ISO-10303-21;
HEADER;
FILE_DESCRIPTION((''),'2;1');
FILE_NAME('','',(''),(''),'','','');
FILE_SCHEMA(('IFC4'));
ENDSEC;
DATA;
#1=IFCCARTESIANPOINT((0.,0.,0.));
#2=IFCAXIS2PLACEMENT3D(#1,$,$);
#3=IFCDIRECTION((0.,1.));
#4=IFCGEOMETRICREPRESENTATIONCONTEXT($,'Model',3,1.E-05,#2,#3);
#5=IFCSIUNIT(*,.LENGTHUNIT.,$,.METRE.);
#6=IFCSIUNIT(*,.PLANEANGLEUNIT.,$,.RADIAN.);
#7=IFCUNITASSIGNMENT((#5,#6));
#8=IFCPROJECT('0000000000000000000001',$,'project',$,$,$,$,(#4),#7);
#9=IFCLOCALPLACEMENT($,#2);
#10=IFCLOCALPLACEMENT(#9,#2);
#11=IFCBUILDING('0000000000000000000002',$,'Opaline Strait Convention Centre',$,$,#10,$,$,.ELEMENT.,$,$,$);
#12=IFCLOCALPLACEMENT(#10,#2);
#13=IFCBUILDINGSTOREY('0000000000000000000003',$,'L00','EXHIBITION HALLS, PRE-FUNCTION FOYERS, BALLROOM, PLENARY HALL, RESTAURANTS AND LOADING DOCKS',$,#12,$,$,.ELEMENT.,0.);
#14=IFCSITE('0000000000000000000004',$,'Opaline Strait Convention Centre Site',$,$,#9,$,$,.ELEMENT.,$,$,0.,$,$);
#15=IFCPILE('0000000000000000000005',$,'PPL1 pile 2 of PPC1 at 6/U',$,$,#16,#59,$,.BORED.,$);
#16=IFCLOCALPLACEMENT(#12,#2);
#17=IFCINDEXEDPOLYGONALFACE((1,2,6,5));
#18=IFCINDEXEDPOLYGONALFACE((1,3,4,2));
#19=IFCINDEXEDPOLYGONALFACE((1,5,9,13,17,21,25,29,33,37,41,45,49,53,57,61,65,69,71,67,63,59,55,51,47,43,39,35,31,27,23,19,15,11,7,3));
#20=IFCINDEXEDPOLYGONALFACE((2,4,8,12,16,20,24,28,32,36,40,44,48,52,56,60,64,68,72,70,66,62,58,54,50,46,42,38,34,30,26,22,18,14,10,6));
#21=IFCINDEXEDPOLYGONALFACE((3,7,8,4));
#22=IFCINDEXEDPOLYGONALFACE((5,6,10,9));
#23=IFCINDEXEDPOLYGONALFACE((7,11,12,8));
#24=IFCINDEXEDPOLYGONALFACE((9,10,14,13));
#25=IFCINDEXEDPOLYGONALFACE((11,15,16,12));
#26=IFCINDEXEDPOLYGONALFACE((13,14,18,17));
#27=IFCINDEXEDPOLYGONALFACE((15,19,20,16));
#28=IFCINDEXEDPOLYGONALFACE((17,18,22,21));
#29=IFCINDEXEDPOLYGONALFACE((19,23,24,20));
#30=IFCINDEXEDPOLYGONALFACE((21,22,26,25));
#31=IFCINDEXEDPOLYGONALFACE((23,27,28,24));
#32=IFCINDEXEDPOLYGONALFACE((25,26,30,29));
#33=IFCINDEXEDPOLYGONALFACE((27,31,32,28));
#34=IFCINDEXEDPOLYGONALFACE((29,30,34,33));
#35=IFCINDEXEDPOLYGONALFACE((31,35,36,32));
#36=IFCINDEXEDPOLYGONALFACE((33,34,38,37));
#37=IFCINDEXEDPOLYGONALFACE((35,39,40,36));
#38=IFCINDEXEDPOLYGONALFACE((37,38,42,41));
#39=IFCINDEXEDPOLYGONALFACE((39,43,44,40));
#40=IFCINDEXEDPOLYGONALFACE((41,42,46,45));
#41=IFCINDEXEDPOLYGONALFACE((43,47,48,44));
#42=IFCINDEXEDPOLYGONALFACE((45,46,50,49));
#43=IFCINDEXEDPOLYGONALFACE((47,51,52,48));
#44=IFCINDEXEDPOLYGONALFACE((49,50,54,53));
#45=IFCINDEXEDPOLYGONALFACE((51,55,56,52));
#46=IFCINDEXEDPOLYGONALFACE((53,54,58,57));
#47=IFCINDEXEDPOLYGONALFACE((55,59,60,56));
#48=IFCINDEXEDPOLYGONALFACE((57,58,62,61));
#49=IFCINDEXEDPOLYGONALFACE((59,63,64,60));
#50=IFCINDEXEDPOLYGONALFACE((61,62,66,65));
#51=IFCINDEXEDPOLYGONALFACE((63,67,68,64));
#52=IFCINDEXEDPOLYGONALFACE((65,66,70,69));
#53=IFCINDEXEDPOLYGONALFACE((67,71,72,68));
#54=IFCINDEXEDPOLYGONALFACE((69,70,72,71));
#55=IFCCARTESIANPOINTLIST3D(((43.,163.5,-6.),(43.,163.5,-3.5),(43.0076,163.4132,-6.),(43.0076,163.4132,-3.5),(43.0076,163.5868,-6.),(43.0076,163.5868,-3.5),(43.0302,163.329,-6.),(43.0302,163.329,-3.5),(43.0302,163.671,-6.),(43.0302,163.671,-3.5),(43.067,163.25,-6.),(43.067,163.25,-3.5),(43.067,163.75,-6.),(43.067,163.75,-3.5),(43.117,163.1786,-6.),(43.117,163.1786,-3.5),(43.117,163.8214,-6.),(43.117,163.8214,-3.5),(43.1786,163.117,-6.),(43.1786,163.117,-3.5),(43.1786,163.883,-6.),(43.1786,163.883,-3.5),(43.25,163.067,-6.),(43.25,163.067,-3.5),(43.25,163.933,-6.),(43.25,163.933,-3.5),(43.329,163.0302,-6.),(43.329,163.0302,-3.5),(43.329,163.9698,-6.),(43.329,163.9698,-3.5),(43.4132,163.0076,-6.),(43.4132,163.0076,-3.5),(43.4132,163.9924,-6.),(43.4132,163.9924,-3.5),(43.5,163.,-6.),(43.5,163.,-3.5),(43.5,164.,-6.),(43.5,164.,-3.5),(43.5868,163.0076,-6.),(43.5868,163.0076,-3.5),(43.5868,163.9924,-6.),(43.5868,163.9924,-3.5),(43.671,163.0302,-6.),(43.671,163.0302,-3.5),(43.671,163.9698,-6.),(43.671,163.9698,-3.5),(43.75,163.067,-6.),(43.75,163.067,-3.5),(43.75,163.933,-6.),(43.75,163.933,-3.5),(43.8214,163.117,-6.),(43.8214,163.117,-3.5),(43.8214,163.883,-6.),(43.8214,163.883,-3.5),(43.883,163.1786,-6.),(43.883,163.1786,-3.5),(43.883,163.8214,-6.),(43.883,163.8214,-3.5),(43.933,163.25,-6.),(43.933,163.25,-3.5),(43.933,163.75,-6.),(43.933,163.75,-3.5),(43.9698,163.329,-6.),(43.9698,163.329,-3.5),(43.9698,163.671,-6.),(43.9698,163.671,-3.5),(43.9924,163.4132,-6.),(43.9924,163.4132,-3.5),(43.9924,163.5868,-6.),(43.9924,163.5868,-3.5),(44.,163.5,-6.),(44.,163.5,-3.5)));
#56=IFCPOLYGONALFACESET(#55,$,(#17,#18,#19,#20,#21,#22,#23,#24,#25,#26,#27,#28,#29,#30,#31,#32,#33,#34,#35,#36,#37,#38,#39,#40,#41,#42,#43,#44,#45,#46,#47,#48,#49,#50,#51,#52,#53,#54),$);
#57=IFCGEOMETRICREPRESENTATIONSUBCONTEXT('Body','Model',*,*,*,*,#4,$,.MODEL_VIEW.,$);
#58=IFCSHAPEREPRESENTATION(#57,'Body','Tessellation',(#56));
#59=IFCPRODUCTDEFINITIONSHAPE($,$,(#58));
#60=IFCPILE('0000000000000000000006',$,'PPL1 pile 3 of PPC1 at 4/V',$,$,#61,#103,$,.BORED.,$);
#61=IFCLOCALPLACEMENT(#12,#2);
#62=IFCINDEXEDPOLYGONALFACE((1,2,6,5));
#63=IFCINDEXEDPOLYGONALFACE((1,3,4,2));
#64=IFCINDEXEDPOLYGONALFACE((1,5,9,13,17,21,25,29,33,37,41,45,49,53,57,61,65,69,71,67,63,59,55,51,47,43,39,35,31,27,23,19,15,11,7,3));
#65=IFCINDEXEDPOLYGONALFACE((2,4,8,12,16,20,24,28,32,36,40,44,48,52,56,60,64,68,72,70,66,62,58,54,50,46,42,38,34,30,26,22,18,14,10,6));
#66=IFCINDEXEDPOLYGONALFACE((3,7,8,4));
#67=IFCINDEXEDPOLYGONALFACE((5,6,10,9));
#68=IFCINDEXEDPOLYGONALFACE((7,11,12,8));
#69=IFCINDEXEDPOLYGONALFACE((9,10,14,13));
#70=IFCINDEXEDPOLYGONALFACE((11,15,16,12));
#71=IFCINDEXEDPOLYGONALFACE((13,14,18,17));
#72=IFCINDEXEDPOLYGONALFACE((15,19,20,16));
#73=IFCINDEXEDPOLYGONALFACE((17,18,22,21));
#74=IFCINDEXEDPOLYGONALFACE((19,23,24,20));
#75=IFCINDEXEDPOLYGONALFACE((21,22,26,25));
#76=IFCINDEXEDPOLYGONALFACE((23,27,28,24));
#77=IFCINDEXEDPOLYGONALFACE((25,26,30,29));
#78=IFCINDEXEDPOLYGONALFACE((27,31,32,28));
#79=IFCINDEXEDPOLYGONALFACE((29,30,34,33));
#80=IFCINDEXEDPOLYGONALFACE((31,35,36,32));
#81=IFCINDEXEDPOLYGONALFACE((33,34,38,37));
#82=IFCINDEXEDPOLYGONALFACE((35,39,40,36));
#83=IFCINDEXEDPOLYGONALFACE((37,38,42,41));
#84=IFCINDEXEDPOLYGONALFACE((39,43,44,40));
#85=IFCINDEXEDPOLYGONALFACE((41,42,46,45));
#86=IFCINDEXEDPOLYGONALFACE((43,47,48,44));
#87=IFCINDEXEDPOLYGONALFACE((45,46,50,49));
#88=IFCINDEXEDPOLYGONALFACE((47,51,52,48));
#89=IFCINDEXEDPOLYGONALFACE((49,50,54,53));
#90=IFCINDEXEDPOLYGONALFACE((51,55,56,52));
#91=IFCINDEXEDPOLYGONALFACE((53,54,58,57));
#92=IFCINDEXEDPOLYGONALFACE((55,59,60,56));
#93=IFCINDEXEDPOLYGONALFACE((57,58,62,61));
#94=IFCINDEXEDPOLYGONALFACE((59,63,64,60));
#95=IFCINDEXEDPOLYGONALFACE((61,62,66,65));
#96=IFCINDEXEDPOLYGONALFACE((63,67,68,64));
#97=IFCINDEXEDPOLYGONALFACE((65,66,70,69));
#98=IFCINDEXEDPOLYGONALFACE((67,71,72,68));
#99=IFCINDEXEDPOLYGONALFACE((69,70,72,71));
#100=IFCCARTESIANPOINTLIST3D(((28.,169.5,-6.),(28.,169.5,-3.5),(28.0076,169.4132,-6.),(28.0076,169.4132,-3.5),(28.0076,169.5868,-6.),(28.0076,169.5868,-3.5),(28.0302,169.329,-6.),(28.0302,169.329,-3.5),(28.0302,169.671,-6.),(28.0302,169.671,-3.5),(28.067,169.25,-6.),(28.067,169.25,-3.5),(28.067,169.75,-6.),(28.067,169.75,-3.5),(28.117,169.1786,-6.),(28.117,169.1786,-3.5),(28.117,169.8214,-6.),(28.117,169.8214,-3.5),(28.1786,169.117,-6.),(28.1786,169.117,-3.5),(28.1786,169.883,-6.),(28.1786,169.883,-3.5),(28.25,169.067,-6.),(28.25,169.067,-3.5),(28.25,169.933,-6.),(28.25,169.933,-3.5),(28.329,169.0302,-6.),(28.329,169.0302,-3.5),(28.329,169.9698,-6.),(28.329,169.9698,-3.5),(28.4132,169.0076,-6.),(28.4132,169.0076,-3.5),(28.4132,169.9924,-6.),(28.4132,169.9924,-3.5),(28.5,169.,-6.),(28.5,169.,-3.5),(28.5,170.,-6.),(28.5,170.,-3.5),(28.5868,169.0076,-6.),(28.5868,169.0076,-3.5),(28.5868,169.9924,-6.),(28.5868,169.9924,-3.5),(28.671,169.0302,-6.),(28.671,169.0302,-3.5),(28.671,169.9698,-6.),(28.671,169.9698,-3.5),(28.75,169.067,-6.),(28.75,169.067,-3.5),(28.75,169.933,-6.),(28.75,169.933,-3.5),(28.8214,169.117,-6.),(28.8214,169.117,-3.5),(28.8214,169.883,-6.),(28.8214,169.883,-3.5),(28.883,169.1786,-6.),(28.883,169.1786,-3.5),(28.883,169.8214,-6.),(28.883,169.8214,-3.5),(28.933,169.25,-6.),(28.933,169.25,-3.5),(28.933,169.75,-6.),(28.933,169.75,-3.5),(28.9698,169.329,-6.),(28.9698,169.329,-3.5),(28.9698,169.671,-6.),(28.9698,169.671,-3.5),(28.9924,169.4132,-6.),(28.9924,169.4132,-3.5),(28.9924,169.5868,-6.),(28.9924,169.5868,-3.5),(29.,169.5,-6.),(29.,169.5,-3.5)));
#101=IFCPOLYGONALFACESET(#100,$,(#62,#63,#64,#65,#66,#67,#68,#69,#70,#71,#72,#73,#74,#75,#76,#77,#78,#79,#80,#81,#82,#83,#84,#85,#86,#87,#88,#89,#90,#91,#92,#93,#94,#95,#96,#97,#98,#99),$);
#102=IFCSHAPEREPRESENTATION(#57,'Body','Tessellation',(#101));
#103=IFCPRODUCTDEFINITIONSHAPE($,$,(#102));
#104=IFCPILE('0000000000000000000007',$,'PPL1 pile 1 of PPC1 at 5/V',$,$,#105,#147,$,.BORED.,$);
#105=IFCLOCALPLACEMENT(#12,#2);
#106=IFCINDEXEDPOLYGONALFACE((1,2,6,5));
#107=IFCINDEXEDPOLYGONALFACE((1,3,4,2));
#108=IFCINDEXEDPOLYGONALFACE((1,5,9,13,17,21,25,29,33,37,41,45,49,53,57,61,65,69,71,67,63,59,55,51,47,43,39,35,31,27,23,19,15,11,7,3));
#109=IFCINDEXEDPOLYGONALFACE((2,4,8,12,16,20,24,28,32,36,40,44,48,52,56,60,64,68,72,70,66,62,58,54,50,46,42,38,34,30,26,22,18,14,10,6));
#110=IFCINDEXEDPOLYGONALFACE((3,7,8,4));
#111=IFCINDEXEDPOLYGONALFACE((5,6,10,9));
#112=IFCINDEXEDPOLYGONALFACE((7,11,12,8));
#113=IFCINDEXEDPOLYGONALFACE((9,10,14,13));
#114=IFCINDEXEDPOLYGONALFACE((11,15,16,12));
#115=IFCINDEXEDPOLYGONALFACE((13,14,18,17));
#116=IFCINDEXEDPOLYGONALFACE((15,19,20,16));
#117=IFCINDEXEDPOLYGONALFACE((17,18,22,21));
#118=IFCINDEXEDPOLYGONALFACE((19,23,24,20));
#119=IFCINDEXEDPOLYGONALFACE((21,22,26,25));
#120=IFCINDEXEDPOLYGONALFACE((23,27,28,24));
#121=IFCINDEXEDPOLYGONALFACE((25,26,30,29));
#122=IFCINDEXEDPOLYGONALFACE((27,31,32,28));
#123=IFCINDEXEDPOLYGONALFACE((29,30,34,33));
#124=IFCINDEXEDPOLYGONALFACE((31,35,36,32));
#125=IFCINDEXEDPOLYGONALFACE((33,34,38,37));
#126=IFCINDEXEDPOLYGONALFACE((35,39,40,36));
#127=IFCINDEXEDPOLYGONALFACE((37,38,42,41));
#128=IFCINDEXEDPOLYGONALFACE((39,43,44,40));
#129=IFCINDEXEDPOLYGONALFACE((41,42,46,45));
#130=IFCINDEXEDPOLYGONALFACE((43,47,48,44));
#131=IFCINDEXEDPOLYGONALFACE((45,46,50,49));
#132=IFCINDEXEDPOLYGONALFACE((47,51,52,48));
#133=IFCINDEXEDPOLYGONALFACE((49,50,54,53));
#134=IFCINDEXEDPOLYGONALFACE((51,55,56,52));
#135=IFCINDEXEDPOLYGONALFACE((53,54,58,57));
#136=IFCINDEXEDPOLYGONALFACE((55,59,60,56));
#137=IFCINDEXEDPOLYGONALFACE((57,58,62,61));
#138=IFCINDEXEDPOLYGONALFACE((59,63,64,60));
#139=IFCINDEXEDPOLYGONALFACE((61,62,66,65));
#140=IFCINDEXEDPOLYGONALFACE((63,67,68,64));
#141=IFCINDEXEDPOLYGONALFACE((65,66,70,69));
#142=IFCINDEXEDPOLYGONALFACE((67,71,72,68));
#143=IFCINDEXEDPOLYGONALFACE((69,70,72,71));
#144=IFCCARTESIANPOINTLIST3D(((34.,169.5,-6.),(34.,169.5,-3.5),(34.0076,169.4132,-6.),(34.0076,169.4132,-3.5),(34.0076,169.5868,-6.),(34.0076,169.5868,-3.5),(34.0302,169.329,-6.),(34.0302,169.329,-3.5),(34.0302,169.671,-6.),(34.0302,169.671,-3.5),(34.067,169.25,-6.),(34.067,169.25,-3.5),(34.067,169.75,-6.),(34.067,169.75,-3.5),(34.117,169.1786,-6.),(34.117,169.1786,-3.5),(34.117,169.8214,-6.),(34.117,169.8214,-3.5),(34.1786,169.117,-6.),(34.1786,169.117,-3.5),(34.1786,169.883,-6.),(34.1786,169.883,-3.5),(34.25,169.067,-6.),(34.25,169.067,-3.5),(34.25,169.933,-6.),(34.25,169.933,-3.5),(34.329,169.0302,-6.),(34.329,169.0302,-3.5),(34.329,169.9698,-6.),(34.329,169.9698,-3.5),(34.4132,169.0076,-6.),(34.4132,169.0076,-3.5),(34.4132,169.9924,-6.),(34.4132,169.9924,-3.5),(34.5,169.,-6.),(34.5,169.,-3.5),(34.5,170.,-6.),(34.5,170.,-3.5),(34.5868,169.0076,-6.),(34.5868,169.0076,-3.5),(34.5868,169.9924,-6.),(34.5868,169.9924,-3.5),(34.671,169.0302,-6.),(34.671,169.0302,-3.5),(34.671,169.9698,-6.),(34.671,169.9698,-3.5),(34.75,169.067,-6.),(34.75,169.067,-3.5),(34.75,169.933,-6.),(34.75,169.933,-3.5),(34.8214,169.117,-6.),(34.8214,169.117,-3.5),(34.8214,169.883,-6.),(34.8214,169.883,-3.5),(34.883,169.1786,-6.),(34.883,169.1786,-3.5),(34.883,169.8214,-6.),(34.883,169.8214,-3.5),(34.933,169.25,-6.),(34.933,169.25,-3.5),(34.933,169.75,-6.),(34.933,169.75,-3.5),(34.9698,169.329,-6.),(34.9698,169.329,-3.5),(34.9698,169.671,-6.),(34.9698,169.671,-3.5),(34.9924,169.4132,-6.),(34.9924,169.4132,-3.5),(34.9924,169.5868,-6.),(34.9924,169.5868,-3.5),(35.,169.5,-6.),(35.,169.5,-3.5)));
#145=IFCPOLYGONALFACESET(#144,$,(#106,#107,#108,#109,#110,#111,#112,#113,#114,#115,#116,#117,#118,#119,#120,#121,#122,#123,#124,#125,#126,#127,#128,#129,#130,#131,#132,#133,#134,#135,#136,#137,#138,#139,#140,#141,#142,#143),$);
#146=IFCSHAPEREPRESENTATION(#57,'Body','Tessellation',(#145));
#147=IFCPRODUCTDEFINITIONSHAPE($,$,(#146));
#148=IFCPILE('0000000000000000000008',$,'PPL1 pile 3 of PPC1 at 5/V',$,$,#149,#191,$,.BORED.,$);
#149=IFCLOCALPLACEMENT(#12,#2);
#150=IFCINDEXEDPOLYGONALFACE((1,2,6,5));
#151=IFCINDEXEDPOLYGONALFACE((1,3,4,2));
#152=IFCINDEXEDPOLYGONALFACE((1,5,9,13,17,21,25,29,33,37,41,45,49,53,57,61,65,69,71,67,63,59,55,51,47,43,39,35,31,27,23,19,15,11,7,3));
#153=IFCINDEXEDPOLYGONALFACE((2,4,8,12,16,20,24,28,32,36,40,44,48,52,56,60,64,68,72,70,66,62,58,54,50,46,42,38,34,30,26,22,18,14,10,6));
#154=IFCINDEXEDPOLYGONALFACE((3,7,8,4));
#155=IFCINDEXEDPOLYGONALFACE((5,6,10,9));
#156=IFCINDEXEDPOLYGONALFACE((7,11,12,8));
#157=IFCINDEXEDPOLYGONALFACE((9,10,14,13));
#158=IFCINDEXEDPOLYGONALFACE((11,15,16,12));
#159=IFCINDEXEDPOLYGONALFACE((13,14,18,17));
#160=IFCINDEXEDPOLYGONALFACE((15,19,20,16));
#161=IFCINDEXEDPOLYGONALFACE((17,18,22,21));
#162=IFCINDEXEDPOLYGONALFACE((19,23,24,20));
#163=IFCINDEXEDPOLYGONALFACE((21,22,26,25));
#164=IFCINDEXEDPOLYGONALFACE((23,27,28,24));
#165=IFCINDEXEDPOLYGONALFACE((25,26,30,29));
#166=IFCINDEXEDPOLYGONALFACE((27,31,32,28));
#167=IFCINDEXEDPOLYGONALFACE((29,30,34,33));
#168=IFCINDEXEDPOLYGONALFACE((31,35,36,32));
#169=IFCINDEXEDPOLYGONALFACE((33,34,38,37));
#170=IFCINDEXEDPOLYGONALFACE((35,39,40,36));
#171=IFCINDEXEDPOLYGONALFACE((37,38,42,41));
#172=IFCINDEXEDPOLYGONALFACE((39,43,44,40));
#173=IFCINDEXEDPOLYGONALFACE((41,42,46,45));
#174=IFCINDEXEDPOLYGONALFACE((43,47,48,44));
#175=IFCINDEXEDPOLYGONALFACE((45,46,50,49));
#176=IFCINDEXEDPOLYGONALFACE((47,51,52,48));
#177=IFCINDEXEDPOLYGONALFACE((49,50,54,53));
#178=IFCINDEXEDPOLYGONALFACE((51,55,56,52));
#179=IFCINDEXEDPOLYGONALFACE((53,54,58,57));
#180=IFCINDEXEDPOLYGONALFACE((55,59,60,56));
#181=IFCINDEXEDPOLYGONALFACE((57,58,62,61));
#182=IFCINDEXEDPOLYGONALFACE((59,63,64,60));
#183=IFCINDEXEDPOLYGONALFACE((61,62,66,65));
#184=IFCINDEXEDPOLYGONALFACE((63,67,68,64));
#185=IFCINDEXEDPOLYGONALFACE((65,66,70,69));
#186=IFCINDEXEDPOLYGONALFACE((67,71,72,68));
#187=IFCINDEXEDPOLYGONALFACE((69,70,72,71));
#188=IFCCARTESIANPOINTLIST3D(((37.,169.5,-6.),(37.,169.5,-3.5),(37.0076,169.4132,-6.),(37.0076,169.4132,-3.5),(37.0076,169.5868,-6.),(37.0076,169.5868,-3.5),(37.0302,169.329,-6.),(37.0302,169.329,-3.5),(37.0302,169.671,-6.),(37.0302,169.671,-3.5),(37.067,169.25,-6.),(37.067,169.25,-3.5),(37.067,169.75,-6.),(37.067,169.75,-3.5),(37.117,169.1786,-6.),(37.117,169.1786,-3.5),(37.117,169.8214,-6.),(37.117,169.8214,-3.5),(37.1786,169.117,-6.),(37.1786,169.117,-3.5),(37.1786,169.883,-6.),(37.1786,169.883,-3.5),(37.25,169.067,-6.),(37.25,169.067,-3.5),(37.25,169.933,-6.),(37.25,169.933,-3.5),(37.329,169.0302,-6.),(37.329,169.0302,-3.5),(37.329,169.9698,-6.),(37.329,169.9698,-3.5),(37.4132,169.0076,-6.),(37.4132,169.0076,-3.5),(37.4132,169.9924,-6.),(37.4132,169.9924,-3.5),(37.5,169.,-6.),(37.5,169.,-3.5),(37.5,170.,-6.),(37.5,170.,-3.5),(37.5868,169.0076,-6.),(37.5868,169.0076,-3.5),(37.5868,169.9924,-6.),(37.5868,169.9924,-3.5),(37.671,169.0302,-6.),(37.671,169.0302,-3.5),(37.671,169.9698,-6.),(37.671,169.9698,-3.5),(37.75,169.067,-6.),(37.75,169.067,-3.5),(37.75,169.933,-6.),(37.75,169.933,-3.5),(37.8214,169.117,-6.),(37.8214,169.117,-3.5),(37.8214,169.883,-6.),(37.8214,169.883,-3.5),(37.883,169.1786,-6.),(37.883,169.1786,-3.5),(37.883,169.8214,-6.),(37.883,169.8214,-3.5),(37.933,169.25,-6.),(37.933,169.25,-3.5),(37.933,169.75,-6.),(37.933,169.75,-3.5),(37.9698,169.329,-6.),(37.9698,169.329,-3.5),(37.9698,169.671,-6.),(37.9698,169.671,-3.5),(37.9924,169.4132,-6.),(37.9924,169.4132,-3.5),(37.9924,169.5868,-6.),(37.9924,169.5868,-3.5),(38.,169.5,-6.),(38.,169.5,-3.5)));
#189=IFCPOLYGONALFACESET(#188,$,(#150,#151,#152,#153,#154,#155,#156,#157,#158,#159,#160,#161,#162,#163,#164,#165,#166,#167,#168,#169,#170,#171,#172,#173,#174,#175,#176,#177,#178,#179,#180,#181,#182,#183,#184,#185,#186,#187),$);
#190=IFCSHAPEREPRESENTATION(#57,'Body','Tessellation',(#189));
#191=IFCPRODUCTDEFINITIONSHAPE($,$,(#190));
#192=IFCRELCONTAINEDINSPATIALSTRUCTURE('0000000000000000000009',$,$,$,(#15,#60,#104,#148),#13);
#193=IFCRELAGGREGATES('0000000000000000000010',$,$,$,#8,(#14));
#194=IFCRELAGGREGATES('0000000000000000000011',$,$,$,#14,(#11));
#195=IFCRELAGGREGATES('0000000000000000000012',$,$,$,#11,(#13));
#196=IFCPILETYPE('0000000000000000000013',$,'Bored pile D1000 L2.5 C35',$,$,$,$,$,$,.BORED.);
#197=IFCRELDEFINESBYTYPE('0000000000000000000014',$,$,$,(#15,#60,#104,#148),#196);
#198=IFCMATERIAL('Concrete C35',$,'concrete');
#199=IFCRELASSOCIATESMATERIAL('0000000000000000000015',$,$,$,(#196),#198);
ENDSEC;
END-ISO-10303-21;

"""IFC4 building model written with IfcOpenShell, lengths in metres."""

from ifc_helpers import new_model, si_unit, direction, frame, origin, origin_2d, place, context, subcontext, project, spatial, circle, extrude, material, material_profile, profile_set, type_object, element, save


model = new_model("IFC4")

# Units and contexts
model_context = context("Model", 3, precision=1e-05, world=origin(), true_north=direction((0.0, 1.0)))
body_context = subcontext(model_context, "Body", "Model", "MODEL_VIEW")
ifc_project = project(units=[si_unit("LENGTHUNIT", "METRE"), si_unit("PLANEANGLEUNIT", "RADIAN")], contexts=[model_context])

# Site, building, storey
site_placement = place(None, origin())
site = spatial("IfcSite", under=ifc_project, at=site_placement, Name="Opaline Strait Convention Centre Site", CompositionType="ELEMENT", RefElevation=0.0)
building_placement = place(site_placement, origin())
building = spatial("IfcBuilding", under=site, at=building_placement, Name="Opaline Strait Convention Centre", CompositionType="ELEMENT")
storey_placement = place(building_placement, origin())
storey = spatial("IfcBuildingStorey", under=building, at=storey_placement, Name="L00", Description="EXHIBITION HALLS, PRE-FUNCTION FOYERS, BALLROOM, PLENARY HALL, RESTAURANTS AND LOADING DOCKS", CompositionType="ELEMENT", Elevation=0.0)

# Piles
ifc_material_1 = material(Name="Concrete C35", Category="concrete")
ifc_material_profile_1 = material_profile(ifc_material_1, circle(Radius=0.5, at=origin_2d()), Name="D1000")
ifc_profile_set_1 = profile_set([ifc_material_profile_1], Name="Concrete C35")
pile_type = type_object("IfcPileType", Name="Bored pile D1000 L2.5 C35", PredefinedType="BORED", material=ifc_profile_set_1)
for number, where, z_axis, x_axis, name in (
    (1, (43.5, 163.5, -3.5), (0.0, 0.0, -1.0), (1.0, 0.0, 0.0), "PPL1 pile 2 of PPC1 at 6/U"),
    (2, (28.5, 169.5, -3.5), (0.0, 0.0, -1.0), (1.0, 0.0, 0.0), "PPL1 pile 3 of PPC1 at 4/V"),
    (3, (34.5, 169.5, -3.5), (0.0, 0.0, -1.0), (1.0, 0.0, 0.0), "PPL1 pile 1 of PPC1 at 5/V"),
    (4, (37.5, 169.5, -3.5), (0.0, 0.0, -1.0), (1.0, 0.0, 0.0), "PPL1 pile 3 of PPC1 at 5/V"),
):
    element("IfcPile", number, at=place(storey_placement, frame(where, z_axis=z_axis, x_axis=x_axis)), inside=storey, type_object=pile_type, Name=name, PredefinedType="BORED", context=body_context, shape_type="SweptSolid", body=[
        extrude(circle(Radius=0.5, at=origin_2d()), origin(), (0.0, 0.0, 1.0), 2.5),
    ])

save(model, "model.ifc")
